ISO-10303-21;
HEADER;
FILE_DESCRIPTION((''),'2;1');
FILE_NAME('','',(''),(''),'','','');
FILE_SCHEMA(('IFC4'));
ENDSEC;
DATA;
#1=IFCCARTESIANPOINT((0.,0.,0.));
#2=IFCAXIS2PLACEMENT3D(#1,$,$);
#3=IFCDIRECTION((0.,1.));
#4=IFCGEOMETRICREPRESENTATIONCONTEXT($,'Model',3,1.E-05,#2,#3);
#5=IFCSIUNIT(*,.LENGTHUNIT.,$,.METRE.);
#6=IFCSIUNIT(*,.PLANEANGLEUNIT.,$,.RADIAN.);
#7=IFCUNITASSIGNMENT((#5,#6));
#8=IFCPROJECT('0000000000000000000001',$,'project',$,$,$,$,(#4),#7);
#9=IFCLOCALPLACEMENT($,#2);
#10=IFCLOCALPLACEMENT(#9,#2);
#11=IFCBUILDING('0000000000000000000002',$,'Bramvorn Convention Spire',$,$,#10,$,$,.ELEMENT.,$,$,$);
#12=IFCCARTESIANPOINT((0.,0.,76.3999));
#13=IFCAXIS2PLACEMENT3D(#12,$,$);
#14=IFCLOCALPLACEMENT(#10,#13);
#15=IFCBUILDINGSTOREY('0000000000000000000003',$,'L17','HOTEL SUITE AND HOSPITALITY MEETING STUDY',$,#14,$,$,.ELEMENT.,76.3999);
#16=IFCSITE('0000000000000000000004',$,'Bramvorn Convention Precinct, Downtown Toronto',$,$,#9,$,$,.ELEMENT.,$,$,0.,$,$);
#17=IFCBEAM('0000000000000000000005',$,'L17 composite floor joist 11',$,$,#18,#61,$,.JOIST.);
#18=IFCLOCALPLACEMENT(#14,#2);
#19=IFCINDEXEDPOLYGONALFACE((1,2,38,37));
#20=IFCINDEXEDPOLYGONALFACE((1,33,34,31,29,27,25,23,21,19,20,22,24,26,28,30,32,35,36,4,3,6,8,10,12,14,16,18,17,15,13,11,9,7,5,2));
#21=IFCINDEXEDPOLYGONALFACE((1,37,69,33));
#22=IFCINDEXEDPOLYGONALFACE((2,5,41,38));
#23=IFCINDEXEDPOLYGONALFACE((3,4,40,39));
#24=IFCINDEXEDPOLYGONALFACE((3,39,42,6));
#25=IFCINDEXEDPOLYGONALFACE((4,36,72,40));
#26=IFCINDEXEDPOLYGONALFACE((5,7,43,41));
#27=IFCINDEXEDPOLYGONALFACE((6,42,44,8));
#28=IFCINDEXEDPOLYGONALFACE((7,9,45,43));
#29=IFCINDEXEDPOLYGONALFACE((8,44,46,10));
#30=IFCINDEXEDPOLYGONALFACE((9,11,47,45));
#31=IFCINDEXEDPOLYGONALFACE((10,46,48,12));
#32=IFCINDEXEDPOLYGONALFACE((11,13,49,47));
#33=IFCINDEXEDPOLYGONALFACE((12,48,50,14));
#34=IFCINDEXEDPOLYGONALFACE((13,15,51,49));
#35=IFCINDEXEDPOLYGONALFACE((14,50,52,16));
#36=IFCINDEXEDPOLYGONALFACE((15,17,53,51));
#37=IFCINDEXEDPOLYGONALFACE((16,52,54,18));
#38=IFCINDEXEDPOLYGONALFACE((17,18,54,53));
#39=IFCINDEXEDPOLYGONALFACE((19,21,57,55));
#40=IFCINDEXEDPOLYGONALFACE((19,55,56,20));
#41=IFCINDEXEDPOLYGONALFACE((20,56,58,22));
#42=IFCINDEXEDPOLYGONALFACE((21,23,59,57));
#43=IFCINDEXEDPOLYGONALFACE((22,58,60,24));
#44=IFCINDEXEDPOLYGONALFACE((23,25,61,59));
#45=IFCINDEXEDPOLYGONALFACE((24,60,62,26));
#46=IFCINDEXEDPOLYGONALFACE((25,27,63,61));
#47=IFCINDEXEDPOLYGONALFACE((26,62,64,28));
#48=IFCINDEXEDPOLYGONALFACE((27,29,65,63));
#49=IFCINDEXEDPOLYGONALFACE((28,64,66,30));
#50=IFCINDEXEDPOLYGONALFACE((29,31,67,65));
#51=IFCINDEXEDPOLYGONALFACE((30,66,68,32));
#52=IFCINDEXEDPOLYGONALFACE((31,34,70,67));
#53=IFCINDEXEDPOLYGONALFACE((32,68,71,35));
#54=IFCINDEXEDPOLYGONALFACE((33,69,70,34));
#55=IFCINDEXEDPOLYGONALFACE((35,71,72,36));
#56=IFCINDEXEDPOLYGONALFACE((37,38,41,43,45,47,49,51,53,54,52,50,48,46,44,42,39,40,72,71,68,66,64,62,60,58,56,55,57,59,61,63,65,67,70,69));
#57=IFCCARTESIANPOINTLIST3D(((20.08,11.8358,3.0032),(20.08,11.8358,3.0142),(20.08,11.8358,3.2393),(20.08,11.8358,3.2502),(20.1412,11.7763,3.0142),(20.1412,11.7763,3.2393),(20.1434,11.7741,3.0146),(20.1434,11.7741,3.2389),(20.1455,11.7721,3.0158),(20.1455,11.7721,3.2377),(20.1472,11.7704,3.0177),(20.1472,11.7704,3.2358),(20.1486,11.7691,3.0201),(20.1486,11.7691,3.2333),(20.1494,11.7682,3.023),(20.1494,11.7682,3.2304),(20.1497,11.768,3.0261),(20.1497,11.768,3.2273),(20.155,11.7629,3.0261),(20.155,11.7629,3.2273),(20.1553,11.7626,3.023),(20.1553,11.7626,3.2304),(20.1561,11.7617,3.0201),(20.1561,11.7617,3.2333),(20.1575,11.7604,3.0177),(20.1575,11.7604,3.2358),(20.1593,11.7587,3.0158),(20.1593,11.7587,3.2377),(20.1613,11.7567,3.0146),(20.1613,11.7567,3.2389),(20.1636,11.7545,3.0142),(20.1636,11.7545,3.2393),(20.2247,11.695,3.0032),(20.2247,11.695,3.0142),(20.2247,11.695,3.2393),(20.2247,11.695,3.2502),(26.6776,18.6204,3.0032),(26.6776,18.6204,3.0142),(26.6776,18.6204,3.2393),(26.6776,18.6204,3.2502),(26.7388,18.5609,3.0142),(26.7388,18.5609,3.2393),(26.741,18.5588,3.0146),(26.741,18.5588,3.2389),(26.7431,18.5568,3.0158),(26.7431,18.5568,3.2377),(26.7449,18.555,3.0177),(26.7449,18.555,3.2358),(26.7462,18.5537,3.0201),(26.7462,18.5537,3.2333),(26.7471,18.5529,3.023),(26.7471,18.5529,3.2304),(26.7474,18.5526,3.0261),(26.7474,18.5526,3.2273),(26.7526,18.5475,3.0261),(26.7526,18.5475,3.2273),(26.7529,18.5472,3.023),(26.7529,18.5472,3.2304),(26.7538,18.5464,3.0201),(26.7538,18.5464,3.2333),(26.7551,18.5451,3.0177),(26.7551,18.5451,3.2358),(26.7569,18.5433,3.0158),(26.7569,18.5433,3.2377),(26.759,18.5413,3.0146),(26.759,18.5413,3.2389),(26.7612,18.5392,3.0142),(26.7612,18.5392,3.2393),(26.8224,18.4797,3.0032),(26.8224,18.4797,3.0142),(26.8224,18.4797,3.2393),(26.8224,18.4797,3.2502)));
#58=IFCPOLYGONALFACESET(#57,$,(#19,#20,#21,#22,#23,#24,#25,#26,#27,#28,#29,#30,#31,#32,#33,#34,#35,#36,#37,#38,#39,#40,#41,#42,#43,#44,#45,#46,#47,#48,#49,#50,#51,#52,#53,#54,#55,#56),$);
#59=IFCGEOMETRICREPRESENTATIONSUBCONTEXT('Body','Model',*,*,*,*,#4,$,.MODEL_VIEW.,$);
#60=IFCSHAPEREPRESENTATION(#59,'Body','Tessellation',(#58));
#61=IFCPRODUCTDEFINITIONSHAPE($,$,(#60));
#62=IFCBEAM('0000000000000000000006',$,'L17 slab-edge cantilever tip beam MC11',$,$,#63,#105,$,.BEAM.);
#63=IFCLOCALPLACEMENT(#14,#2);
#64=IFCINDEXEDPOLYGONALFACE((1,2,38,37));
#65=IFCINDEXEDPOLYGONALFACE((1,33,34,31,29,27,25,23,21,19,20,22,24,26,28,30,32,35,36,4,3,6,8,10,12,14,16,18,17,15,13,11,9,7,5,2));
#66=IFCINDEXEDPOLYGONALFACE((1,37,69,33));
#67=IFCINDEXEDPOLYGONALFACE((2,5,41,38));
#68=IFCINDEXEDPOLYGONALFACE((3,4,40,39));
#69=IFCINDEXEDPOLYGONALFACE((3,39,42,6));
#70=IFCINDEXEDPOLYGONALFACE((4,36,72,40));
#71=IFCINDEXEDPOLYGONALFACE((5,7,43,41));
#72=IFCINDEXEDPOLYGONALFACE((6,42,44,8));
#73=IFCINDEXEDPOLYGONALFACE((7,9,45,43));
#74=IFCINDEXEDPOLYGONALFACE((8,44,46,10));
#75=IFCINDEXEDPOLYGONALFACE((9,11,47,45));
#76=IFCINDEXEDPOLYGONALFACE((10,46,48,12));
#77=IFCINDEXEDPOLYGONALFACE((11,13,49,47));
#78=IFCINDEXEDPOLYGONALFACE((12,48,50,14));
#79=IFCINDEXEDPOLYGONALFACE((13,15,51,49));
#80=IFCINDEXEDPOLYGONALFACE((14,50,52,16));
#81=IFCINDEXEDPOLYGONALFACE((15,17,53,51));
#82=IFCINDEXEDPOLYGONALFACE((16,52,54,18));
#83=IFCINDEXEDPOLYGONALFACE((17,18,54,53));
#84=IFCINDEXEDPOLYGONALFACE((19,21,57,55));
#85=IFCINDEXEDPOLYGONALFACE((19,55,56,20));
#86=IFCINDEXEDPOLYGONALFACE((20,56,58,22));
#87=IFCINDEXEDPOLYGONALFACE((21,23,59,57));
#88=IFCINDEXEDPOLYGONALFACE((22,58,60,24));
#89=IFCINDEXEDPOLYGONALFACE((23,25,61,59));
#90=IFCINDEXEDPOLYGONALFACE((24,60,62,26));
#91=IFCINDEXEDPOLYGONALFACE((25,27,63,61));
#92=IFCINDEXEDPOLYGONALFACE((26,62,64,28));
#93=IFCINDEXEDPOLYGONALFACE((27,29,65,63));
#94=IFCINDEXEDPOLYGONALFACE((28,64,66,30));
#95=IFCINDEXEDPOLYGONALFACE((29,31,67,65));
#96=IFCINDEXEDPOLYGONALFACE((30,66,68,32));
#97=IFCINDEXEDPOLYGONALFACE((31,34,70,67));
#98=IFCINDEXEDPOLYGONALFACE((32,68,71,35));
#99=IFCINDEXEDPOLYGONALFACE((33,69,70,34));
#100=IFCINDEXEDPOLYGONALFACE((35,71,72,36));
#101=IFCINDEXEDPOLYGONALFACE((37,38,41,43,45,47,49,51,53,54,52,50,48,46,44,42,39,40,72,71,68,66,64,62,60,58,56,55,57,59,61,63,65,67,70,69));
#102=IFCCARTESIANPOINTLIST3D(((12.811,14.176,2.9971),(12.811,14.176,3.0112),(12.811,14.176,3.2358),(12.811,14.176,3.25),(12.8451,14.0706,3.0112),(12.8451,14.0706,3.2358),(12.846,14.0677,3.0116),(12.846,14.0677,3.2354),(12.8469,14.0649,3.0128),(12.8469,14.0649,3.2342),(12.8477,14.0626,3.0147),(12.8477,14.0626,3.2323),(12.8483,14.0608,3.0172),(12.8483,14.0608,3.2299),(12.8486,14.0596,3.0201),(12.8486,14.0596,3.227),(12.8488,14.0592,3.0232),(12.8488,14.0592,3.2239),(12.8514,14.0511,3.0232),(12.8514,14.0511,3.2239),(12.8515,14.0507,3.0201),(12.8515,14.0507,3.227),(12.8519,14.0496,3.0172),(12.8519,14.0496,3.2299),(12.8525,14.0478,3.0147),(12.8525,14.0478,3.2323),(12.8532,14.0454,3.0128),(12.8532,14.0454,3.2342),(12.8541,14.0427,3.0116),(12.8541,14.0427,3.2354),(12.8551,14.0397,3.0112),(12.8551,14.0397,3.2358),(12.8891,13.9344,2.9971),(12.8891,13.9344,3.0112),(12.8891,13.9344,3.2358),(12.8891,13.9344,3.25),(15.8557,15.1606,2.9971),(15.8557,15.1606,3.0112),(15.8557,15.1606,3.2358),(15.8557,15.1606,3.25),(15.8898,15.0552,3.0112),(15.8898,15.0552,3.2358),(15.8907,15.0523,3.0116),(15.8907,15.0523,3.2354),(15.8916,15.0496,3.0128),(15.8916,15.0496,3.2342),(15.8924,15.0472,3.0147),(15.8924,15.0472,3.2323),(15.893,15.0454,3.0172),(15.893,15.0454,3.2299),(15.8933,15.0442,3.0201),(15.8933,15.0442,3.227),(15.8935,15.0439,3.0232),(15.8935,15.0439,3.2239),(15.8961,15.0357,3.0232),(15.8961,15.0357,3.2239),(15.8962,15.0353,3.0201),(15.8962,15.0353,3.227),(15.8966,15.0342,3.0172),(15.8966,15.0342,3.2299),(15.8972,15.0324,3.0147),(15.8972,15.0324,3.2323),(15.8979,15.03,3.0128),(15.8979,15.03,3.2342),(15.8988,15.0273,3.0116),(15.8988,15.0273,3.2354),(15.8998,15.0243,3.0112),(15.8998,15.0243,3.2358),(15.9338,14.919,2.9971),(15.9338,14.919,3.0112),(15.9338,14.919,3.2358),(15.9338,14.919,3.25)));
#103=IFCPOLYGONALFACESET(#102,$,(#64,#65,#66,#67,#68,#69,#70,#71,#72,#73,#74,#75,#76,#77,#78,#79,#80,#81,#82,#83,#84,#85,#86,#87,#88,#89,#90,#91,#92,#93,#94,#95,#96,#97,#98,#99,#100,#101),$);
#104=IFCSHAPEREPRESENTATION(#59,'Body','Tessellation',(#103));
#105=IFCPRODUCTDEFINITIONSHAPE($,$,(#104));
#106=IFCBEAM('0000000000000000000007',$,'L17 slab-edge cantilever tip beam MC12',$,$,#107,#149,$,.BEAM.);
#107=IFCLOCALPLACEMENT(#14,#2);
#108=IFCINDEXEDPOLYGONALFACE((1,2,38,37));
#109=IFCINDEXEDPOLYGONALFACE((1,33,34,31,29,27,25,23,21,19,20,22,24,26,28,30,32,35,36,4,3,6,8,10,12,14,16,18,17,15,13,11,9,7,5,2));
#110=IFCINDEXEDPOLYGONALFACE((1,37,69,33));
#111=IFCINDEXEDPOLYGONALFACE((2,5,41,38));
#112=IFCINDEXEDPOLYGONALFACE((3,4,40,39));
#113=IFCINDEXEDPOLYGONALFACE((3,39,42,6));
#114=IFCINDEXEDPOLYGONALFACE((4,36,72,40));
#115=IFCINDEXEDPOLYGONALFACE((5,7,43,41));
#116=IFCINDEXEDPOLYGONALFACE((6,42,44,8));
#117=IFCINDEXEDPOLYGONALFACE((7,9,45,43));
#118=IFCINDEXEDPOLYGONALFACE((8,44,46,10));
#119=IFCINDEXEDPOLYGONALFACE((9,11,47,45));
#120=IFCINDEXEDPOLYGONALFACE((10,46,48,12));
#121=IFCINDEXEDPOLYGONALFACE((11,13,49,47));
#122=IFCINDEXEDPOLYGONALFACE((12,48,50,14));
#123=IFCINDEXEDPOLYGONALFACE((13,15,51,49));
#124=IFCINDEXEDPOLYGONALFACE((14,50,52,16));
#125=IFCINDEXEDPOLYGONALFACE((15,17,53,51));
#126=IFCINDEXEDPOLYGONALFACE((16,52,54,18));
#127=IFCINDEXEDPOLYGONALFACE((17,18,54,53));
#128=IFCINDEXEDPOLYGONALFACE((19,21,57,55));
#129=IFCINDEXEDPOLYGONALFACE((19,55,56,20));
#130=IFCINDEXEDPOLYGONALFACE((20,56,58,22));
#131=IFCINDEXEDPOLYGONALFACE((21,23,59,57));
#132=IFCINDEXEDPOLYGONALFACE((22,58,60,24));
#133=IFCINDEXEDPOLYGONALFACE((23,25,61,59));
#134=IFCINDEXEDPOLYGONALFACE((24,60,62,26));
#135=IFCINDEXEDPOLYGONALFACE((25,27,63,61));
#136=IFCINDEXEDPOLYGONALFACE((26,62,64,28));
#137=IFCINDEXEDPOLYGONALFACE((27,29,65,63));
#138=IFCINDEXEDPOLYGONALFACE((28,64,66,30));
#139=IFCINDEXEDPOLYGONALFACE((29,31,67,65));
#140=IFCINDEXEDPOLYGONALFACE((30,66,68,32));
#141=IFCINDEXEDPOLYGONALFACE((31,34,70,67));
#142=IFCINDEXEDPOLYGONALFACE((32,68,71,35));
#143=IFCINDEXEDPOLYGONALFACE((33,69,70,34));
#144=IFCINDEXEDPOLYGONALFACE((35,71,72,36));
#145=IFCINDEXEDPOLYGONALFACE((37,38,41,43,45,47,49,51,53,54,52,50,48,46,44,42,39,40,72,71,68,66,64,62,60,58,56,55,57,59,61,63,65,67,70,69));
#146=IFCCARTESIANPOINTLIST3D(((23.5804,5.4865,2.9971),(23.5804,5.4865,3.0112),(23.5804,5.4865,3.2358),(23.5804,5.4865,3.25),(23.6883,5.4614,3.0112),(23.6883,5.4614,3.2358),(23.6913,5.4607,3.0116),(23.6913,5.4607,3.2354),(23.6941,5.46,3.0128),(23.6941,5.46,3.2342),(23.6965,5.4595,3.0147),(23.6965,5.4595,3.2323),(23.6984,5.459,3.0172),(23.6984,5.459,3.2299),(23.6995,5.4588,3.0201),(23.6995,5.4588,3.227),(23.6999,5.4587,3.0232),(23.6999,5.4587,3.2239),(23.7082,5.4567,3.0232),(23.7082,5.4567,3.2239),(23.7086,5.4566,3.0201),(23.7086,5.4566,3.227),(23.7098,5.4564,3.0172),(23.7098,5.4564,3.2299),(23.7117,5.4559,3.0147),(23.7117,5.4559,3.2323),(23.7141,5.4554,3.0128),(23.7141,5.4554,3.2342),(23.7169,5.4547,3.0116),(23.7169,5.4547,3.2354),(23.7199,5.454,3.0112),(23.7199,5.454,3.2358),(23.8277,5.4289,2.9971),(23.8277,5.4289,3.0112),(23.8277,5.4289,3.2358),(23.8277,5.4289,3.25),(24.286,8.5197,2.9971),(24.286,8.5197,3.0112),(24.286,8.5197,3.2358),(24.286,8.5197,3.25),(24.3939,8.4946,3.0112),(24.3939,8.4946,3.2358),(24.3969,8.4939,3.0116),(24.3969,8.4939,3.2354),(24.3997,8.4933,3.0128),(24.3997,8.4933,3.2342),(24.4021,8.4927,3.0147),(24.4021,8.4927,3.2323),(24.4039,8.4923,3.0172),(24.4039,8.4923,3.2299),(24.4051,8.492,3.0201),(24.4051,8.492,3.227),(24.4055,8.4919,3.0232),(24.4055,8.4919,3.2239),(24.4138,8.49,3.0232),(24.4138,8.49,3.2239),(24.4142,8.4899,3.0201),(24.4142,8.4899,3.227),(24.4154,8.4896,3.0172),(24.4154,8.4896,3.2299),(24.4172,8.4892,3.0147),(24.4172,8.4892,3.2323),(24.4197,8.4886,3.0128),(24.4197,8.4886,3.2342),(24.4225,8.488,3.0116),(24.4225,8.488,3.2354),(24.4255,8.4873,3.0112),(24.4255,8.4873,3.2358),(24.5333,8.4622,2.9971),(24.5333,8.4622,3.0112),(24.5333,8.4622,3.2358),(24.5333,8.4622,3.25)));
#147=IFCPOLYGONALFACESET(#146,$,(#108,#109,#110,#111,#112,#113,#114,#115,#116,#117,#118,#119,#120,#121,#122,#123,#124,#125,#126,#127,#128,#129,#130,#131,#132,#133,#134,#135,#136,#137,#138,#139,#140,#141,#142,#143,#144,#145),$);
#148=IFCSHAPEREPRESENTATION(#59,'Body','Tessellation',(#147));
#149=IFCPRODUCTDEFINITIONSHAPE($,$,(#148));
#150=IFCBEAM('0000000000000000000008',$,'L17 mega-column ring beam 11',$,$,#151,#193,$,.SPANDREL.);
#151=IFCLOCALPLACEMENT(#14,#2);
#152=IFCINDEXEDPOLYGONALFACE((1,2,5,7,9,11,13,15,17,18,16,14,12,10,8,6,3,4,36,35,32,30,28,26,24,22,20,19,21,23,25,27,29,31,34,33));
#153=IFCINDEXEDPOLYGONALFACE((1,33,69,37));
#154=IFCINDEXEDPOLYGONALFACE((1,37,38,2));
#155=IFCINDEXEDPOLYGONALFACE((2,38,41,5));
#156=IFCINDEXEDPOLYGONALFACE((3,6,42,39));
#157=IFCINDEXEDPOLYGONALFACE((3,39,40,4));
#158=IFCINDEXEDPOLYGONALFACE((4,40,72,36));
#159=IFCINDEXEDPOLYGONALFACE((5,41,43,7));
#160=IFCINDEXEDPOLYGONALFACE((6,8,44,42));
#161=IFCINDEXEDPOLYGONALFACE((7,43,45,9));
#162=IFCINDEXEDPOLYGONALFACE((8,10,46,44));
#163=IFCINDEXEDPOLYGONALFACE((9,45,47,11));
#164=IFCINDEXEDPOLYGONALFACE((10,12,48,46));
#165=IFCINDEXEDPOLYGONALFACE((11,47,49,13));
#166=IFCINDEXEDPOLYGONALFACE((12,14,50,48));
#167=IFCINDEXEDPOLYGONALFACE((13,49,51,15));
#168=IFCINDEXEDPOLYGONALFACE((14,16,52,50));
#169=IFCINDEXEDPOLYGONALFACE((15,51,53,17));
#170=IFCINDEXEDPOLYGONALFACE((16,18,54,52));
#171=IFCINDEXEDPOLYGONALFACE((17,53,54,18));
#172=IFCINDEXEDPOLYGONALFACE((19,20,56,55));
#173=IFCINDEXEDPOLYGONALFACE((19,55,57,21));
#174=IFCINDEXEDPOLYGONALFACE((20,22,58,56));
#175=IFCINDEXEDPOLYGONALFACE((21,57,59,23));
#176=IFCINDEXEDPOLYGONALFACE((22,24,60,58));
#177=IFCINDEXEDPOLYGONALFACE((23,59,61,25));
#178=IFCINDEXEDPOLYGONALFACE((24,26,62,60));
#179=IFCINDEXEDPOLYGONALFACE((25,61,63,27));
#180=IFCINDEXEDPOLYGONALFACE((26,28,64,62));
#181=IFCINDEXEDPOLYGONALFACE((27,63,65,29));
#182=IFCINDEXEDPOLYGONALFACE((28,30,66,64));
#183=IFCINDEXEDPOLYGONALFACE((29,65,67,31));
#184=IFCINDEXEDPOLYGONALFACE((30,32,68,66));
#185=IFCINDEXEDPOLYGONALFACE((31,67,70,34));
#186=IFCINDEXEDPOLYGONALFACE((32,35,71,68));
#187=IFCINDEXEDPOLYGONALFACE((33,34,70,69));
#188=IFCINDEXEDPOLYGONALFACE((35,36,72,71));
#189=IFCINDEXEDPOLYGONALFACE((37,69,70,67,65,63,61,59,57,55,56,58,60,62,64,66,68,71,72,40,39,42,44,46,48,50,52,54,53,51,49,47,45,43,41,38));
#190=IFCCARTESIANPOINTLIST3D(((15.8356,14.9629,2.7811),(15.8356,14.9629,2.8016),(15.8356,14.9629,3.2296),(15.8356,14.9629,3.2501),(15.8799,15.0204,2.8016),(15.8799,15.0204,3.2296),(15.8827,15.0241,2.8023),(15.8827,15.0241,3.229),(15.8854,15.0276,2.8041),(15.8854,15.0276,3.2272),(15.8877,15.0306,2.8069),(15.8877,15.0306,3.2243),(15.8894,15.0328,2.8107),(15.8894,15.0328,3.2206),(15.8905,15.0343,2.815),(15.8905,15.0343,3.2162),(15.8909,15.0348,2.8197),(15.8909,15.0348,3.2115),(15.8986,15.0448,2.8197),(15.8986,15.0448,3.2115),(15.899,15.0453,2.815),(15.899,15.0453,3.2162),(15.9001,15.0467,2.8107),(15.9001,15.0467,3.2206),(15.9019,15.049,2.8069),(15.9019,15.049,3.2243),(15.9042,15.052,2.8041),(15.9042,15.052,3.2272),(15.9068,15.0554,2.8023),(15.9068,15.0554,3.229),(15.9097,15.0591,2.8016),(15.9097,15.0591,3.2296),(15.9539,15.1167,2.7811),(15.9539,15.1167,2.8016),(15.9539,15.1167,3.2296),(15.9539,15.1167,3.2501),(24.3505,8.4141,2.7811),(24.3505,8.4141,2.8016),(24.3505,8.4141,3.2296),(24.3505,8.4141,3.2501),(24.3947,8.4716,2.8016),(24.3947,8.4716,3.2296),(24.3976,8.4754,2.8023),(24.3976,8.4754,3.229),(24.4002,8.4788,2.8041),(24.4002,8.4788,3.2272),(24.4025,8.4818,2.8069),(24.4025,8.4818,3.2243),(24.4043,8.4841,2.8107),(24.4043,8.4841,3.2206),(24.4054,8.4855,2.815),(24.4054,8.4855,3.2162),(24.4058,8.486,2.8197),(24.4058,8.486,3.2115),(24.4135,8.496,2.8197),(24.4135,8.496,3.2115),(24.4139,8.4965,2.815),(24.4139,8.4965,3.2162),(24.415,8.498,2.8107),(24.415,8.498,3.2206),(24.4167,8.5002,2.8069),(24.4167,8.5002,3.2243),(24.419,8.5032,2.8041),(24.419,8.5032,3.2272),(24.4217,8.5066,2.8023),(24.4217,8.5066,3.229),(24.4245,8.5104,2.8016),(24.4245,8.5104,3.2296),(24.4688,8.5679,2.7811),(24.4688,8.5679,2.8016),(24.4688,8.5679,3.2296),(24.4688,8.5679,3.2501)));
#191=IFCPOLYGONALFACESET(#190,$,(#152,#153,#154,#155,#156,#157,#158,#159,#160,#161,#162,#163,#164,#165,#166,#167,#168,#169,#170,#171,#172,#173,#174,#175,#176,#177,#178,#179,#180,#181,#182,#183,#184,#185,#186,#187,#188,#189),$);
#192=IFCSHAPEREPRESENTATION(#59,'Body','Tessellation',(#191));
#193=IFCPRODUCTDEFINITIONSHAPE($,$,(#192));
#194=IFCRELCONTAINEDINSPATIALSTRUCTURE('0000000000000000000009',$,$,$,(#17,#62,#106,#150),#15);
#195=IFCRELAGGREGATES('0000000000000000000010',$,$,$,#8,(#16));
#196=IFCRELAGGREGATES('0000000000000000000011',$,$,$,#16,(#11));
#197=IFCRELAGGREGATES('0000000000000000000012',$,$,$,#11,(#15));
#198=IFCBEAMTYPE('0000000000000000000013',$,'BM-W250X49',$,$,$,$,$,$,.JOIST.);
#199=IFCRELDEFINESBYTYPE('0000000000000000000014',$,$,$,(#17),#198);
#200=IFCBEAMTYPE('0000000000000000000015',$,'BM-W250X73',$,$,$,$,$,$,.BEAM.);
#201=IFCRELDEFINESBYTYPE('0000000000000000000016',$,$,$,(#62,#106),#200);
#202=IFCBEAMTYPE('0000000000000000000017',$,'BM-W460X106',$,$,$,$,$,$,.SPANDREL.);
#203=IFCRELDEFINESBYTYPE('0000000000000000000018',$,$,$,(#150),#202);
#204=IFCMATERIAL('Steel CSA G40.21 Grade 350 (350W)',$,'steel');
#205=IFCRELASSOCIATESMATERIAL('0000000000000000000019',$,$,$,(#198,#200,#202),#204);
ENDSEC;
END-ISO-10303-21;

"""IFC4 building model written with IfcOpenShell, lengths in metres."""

from ifc_helpers import new_model, si_unit, direction, frame, origin, origin_2d, place, context, subcontext, project, spatial, i_section, extrude, material, material_profile, profile_set, type_object, element, save


model = new_model("IFC4")

# Units and contexts
model_context = context("Model", 3, precision=1e-05, world=origin(), true_north=direction((0.0, 1.0)))
body_context = subcontext(model_context, "Body", "Model", "MODEL_VIEW")
ifc_project = project(units=[si_unit("LENGTHUNIT", "METRE"), si_unit("PLANEANGLEUNIT", "RADIAN")], contexts=[model_context])

# Site, building, storey
site_placement = place(None, origin())
site = spatial("IfcSite", under=ifc_project, at=site_placement, Name="Bramvorn Convention Precinct, Downtown Toronto", CompositionType="ELEMENT", RefElevation=0.0)
building_placement = place(site_placement, origin())
building = spatial("IfcBuilding", under=site, at=building_placement, Name="Bramvorn Convention Spire", CompositionType="ELEMENT")
storey_placement = place(building_placement, frame((0.0, 0.0, 76.3999)))
storey = spatial("IfcBuildingStorey", under=building, at=storey_placement, Name="L17", Description="HOTEL SUITE AND HOSPITALITY MEETING STUDY", CompositionType="ELEMENT", Elevation=76.3999)

# Shared definitions
ifc_material_1 = material(Name="Steel CSA G40.21 Grade 350 (350W)", Category="steel")

# Beams
ifc_material_profile_1 = material_profile(ifc_material_1, i_section(OverallWidth=0.2019, OverallDepth=0.2471, WebThickness=0.0073, FlangeThickness=0.011, FilletRadius=0.012, at=origin_2d()))
ifc_profile_set_1 = profile_set([ifc_material_profile_1], Name="Steel CSA G40.21 Grade 350 (350W) - W250X49")
beam_type_1 = type_object("IfcBeamType", Name="BM-W250X49", PredefinedType="JOIST", material=ifc_profile_set_1)
beam_1_placement = place(storey_placement, frame((26.75, 18.55, 3.1267), z_axis=(-0.697157, -0.716918, 0.0), x_axis=(0.716918, -0.697157, 0.0)))
element("IfcBeam", 1, at=beam_1_placement, inside=storey, type_object=beam_type_1, Name="L17 composite floor joist 11", PredefinedType="JOIST", context=body_context, shape_type="SweptSolid", body=[
    extrude(i_section(OverallWidth=0.2019, OverallDepth=0.2471, WebThickness=0.0073, FlangeThickness=0.011, FilletRadius=0.012, at=origin_2d()), origin(), (0.0, 0.0, 1.0), 9.4636),
])
ifc_material_profile_2 = material_profile(ifc_material_1, i_section(OverallWidth=0.2539, OverallDepth=0.2529, WebThickness=0.0085, FlangeThickness=0.0142, FilletRadius=0.012, at=origin_2d()))
ifc_profile_set_2 = profile_set([ifc_material_profile_2], Name="Steel CSA G40.21 Grade 350 (350W) - W250X73")
beam_type_2 = type_object("IfcBeamType", Name="BM-W250X73", PredefinedType="BEAM", material=ifc_profile_set_2)
beam_2_placement = place(storey_placement, frame((15.8948, 15.0398, 3.1235), z_axis=(-0.951483, -0.3077, 0.0), x_axis=(0.3077, -0.951483, 0.0)))
element("IfcBeam", 2, at=beam_2_placement, inside=storey, type_object=beam_type_2, Name="L17 slab-edge cantilever tip beam MC11", PredefinedType="BEAM", context=body_context, shape_type="SweptSolid", body=[
    extrude(i_section(OverallWidth=0.2539, OverallDepth=0.2529, WebThickness=0.0085, FlangeThickness=0.0142, FilletRadius=0.012, at=origin_2d()), origin(), (0.0, 0.0, 1.0), 3.2),
])
beam_3_placement = place(storey_placement, frame((24.4097, 8.491, 3.1235), z_axis=(-0.226565, -0.973996, 0.0), x_axis=(0.973996, -0.226565, 0.0)))
element("IfcBeam", 3, at=beam_3_placement, inside=storey, type_object=beam_type_2, Name="L17 slab-edge cantilever tip beam MC12", PredefinedType="BEAM", context=body_context, shape_type="SweptSolid", body=[
    extrude(i_section(OverallWidth=0.2539, OverallDepth=0.2529, WebThickness=0.0085, FlangeThickness=0.0142, FilletRadius=0.012, at=origin_2d()), origin(), (0.0, 0.0, 1.0), 3.1143),
])
ifc_material_profile_3 = material_profile(ifc_material_1, i_section(OverallWidth=0.1941, OverallDepth=0.469, WebThickness=0.0127, FlangeThickness=0.0205, FilletRadius=0.0181, at=origin_2d()))
ifc_profile_set_3 = profile_set([ifc_material_profile_3], Name="Steel CSA G40.21 Grade 350 (350W) - W460X106")
beam_type_3 = type_object("IfcBeamType", Name="BM-W460X106", PredefinedType="SPANDREL", material=ifc_profile_set_3)
beam_4_placement = place(storey_placement, frame((15.8948, 15.0398, 3.0156), z_axis=(0.792673, -0.609647, 0.0), x_axis=(0.609647, 0.792673, 0.0)))
element("IfcBeam", 4, at=beam_4_placement, inside=storey, type_object=beam_type_3, Name="L17 mega-column ring beam 11", PredefinedType="SPANDREL", context=body_context, shape_type="SweptSolid", body=[
    extrude(i_section(OverallWidth=0.1941, OverallDepth=0.469, WebThickness=0.0127, FlangeThickness=0.0205, FilletRadius=0.0181, at=origin_2d()), origin(), (0.0, 0.0, 1.0), 10.7419),
])

save(model, "model.ifc")
